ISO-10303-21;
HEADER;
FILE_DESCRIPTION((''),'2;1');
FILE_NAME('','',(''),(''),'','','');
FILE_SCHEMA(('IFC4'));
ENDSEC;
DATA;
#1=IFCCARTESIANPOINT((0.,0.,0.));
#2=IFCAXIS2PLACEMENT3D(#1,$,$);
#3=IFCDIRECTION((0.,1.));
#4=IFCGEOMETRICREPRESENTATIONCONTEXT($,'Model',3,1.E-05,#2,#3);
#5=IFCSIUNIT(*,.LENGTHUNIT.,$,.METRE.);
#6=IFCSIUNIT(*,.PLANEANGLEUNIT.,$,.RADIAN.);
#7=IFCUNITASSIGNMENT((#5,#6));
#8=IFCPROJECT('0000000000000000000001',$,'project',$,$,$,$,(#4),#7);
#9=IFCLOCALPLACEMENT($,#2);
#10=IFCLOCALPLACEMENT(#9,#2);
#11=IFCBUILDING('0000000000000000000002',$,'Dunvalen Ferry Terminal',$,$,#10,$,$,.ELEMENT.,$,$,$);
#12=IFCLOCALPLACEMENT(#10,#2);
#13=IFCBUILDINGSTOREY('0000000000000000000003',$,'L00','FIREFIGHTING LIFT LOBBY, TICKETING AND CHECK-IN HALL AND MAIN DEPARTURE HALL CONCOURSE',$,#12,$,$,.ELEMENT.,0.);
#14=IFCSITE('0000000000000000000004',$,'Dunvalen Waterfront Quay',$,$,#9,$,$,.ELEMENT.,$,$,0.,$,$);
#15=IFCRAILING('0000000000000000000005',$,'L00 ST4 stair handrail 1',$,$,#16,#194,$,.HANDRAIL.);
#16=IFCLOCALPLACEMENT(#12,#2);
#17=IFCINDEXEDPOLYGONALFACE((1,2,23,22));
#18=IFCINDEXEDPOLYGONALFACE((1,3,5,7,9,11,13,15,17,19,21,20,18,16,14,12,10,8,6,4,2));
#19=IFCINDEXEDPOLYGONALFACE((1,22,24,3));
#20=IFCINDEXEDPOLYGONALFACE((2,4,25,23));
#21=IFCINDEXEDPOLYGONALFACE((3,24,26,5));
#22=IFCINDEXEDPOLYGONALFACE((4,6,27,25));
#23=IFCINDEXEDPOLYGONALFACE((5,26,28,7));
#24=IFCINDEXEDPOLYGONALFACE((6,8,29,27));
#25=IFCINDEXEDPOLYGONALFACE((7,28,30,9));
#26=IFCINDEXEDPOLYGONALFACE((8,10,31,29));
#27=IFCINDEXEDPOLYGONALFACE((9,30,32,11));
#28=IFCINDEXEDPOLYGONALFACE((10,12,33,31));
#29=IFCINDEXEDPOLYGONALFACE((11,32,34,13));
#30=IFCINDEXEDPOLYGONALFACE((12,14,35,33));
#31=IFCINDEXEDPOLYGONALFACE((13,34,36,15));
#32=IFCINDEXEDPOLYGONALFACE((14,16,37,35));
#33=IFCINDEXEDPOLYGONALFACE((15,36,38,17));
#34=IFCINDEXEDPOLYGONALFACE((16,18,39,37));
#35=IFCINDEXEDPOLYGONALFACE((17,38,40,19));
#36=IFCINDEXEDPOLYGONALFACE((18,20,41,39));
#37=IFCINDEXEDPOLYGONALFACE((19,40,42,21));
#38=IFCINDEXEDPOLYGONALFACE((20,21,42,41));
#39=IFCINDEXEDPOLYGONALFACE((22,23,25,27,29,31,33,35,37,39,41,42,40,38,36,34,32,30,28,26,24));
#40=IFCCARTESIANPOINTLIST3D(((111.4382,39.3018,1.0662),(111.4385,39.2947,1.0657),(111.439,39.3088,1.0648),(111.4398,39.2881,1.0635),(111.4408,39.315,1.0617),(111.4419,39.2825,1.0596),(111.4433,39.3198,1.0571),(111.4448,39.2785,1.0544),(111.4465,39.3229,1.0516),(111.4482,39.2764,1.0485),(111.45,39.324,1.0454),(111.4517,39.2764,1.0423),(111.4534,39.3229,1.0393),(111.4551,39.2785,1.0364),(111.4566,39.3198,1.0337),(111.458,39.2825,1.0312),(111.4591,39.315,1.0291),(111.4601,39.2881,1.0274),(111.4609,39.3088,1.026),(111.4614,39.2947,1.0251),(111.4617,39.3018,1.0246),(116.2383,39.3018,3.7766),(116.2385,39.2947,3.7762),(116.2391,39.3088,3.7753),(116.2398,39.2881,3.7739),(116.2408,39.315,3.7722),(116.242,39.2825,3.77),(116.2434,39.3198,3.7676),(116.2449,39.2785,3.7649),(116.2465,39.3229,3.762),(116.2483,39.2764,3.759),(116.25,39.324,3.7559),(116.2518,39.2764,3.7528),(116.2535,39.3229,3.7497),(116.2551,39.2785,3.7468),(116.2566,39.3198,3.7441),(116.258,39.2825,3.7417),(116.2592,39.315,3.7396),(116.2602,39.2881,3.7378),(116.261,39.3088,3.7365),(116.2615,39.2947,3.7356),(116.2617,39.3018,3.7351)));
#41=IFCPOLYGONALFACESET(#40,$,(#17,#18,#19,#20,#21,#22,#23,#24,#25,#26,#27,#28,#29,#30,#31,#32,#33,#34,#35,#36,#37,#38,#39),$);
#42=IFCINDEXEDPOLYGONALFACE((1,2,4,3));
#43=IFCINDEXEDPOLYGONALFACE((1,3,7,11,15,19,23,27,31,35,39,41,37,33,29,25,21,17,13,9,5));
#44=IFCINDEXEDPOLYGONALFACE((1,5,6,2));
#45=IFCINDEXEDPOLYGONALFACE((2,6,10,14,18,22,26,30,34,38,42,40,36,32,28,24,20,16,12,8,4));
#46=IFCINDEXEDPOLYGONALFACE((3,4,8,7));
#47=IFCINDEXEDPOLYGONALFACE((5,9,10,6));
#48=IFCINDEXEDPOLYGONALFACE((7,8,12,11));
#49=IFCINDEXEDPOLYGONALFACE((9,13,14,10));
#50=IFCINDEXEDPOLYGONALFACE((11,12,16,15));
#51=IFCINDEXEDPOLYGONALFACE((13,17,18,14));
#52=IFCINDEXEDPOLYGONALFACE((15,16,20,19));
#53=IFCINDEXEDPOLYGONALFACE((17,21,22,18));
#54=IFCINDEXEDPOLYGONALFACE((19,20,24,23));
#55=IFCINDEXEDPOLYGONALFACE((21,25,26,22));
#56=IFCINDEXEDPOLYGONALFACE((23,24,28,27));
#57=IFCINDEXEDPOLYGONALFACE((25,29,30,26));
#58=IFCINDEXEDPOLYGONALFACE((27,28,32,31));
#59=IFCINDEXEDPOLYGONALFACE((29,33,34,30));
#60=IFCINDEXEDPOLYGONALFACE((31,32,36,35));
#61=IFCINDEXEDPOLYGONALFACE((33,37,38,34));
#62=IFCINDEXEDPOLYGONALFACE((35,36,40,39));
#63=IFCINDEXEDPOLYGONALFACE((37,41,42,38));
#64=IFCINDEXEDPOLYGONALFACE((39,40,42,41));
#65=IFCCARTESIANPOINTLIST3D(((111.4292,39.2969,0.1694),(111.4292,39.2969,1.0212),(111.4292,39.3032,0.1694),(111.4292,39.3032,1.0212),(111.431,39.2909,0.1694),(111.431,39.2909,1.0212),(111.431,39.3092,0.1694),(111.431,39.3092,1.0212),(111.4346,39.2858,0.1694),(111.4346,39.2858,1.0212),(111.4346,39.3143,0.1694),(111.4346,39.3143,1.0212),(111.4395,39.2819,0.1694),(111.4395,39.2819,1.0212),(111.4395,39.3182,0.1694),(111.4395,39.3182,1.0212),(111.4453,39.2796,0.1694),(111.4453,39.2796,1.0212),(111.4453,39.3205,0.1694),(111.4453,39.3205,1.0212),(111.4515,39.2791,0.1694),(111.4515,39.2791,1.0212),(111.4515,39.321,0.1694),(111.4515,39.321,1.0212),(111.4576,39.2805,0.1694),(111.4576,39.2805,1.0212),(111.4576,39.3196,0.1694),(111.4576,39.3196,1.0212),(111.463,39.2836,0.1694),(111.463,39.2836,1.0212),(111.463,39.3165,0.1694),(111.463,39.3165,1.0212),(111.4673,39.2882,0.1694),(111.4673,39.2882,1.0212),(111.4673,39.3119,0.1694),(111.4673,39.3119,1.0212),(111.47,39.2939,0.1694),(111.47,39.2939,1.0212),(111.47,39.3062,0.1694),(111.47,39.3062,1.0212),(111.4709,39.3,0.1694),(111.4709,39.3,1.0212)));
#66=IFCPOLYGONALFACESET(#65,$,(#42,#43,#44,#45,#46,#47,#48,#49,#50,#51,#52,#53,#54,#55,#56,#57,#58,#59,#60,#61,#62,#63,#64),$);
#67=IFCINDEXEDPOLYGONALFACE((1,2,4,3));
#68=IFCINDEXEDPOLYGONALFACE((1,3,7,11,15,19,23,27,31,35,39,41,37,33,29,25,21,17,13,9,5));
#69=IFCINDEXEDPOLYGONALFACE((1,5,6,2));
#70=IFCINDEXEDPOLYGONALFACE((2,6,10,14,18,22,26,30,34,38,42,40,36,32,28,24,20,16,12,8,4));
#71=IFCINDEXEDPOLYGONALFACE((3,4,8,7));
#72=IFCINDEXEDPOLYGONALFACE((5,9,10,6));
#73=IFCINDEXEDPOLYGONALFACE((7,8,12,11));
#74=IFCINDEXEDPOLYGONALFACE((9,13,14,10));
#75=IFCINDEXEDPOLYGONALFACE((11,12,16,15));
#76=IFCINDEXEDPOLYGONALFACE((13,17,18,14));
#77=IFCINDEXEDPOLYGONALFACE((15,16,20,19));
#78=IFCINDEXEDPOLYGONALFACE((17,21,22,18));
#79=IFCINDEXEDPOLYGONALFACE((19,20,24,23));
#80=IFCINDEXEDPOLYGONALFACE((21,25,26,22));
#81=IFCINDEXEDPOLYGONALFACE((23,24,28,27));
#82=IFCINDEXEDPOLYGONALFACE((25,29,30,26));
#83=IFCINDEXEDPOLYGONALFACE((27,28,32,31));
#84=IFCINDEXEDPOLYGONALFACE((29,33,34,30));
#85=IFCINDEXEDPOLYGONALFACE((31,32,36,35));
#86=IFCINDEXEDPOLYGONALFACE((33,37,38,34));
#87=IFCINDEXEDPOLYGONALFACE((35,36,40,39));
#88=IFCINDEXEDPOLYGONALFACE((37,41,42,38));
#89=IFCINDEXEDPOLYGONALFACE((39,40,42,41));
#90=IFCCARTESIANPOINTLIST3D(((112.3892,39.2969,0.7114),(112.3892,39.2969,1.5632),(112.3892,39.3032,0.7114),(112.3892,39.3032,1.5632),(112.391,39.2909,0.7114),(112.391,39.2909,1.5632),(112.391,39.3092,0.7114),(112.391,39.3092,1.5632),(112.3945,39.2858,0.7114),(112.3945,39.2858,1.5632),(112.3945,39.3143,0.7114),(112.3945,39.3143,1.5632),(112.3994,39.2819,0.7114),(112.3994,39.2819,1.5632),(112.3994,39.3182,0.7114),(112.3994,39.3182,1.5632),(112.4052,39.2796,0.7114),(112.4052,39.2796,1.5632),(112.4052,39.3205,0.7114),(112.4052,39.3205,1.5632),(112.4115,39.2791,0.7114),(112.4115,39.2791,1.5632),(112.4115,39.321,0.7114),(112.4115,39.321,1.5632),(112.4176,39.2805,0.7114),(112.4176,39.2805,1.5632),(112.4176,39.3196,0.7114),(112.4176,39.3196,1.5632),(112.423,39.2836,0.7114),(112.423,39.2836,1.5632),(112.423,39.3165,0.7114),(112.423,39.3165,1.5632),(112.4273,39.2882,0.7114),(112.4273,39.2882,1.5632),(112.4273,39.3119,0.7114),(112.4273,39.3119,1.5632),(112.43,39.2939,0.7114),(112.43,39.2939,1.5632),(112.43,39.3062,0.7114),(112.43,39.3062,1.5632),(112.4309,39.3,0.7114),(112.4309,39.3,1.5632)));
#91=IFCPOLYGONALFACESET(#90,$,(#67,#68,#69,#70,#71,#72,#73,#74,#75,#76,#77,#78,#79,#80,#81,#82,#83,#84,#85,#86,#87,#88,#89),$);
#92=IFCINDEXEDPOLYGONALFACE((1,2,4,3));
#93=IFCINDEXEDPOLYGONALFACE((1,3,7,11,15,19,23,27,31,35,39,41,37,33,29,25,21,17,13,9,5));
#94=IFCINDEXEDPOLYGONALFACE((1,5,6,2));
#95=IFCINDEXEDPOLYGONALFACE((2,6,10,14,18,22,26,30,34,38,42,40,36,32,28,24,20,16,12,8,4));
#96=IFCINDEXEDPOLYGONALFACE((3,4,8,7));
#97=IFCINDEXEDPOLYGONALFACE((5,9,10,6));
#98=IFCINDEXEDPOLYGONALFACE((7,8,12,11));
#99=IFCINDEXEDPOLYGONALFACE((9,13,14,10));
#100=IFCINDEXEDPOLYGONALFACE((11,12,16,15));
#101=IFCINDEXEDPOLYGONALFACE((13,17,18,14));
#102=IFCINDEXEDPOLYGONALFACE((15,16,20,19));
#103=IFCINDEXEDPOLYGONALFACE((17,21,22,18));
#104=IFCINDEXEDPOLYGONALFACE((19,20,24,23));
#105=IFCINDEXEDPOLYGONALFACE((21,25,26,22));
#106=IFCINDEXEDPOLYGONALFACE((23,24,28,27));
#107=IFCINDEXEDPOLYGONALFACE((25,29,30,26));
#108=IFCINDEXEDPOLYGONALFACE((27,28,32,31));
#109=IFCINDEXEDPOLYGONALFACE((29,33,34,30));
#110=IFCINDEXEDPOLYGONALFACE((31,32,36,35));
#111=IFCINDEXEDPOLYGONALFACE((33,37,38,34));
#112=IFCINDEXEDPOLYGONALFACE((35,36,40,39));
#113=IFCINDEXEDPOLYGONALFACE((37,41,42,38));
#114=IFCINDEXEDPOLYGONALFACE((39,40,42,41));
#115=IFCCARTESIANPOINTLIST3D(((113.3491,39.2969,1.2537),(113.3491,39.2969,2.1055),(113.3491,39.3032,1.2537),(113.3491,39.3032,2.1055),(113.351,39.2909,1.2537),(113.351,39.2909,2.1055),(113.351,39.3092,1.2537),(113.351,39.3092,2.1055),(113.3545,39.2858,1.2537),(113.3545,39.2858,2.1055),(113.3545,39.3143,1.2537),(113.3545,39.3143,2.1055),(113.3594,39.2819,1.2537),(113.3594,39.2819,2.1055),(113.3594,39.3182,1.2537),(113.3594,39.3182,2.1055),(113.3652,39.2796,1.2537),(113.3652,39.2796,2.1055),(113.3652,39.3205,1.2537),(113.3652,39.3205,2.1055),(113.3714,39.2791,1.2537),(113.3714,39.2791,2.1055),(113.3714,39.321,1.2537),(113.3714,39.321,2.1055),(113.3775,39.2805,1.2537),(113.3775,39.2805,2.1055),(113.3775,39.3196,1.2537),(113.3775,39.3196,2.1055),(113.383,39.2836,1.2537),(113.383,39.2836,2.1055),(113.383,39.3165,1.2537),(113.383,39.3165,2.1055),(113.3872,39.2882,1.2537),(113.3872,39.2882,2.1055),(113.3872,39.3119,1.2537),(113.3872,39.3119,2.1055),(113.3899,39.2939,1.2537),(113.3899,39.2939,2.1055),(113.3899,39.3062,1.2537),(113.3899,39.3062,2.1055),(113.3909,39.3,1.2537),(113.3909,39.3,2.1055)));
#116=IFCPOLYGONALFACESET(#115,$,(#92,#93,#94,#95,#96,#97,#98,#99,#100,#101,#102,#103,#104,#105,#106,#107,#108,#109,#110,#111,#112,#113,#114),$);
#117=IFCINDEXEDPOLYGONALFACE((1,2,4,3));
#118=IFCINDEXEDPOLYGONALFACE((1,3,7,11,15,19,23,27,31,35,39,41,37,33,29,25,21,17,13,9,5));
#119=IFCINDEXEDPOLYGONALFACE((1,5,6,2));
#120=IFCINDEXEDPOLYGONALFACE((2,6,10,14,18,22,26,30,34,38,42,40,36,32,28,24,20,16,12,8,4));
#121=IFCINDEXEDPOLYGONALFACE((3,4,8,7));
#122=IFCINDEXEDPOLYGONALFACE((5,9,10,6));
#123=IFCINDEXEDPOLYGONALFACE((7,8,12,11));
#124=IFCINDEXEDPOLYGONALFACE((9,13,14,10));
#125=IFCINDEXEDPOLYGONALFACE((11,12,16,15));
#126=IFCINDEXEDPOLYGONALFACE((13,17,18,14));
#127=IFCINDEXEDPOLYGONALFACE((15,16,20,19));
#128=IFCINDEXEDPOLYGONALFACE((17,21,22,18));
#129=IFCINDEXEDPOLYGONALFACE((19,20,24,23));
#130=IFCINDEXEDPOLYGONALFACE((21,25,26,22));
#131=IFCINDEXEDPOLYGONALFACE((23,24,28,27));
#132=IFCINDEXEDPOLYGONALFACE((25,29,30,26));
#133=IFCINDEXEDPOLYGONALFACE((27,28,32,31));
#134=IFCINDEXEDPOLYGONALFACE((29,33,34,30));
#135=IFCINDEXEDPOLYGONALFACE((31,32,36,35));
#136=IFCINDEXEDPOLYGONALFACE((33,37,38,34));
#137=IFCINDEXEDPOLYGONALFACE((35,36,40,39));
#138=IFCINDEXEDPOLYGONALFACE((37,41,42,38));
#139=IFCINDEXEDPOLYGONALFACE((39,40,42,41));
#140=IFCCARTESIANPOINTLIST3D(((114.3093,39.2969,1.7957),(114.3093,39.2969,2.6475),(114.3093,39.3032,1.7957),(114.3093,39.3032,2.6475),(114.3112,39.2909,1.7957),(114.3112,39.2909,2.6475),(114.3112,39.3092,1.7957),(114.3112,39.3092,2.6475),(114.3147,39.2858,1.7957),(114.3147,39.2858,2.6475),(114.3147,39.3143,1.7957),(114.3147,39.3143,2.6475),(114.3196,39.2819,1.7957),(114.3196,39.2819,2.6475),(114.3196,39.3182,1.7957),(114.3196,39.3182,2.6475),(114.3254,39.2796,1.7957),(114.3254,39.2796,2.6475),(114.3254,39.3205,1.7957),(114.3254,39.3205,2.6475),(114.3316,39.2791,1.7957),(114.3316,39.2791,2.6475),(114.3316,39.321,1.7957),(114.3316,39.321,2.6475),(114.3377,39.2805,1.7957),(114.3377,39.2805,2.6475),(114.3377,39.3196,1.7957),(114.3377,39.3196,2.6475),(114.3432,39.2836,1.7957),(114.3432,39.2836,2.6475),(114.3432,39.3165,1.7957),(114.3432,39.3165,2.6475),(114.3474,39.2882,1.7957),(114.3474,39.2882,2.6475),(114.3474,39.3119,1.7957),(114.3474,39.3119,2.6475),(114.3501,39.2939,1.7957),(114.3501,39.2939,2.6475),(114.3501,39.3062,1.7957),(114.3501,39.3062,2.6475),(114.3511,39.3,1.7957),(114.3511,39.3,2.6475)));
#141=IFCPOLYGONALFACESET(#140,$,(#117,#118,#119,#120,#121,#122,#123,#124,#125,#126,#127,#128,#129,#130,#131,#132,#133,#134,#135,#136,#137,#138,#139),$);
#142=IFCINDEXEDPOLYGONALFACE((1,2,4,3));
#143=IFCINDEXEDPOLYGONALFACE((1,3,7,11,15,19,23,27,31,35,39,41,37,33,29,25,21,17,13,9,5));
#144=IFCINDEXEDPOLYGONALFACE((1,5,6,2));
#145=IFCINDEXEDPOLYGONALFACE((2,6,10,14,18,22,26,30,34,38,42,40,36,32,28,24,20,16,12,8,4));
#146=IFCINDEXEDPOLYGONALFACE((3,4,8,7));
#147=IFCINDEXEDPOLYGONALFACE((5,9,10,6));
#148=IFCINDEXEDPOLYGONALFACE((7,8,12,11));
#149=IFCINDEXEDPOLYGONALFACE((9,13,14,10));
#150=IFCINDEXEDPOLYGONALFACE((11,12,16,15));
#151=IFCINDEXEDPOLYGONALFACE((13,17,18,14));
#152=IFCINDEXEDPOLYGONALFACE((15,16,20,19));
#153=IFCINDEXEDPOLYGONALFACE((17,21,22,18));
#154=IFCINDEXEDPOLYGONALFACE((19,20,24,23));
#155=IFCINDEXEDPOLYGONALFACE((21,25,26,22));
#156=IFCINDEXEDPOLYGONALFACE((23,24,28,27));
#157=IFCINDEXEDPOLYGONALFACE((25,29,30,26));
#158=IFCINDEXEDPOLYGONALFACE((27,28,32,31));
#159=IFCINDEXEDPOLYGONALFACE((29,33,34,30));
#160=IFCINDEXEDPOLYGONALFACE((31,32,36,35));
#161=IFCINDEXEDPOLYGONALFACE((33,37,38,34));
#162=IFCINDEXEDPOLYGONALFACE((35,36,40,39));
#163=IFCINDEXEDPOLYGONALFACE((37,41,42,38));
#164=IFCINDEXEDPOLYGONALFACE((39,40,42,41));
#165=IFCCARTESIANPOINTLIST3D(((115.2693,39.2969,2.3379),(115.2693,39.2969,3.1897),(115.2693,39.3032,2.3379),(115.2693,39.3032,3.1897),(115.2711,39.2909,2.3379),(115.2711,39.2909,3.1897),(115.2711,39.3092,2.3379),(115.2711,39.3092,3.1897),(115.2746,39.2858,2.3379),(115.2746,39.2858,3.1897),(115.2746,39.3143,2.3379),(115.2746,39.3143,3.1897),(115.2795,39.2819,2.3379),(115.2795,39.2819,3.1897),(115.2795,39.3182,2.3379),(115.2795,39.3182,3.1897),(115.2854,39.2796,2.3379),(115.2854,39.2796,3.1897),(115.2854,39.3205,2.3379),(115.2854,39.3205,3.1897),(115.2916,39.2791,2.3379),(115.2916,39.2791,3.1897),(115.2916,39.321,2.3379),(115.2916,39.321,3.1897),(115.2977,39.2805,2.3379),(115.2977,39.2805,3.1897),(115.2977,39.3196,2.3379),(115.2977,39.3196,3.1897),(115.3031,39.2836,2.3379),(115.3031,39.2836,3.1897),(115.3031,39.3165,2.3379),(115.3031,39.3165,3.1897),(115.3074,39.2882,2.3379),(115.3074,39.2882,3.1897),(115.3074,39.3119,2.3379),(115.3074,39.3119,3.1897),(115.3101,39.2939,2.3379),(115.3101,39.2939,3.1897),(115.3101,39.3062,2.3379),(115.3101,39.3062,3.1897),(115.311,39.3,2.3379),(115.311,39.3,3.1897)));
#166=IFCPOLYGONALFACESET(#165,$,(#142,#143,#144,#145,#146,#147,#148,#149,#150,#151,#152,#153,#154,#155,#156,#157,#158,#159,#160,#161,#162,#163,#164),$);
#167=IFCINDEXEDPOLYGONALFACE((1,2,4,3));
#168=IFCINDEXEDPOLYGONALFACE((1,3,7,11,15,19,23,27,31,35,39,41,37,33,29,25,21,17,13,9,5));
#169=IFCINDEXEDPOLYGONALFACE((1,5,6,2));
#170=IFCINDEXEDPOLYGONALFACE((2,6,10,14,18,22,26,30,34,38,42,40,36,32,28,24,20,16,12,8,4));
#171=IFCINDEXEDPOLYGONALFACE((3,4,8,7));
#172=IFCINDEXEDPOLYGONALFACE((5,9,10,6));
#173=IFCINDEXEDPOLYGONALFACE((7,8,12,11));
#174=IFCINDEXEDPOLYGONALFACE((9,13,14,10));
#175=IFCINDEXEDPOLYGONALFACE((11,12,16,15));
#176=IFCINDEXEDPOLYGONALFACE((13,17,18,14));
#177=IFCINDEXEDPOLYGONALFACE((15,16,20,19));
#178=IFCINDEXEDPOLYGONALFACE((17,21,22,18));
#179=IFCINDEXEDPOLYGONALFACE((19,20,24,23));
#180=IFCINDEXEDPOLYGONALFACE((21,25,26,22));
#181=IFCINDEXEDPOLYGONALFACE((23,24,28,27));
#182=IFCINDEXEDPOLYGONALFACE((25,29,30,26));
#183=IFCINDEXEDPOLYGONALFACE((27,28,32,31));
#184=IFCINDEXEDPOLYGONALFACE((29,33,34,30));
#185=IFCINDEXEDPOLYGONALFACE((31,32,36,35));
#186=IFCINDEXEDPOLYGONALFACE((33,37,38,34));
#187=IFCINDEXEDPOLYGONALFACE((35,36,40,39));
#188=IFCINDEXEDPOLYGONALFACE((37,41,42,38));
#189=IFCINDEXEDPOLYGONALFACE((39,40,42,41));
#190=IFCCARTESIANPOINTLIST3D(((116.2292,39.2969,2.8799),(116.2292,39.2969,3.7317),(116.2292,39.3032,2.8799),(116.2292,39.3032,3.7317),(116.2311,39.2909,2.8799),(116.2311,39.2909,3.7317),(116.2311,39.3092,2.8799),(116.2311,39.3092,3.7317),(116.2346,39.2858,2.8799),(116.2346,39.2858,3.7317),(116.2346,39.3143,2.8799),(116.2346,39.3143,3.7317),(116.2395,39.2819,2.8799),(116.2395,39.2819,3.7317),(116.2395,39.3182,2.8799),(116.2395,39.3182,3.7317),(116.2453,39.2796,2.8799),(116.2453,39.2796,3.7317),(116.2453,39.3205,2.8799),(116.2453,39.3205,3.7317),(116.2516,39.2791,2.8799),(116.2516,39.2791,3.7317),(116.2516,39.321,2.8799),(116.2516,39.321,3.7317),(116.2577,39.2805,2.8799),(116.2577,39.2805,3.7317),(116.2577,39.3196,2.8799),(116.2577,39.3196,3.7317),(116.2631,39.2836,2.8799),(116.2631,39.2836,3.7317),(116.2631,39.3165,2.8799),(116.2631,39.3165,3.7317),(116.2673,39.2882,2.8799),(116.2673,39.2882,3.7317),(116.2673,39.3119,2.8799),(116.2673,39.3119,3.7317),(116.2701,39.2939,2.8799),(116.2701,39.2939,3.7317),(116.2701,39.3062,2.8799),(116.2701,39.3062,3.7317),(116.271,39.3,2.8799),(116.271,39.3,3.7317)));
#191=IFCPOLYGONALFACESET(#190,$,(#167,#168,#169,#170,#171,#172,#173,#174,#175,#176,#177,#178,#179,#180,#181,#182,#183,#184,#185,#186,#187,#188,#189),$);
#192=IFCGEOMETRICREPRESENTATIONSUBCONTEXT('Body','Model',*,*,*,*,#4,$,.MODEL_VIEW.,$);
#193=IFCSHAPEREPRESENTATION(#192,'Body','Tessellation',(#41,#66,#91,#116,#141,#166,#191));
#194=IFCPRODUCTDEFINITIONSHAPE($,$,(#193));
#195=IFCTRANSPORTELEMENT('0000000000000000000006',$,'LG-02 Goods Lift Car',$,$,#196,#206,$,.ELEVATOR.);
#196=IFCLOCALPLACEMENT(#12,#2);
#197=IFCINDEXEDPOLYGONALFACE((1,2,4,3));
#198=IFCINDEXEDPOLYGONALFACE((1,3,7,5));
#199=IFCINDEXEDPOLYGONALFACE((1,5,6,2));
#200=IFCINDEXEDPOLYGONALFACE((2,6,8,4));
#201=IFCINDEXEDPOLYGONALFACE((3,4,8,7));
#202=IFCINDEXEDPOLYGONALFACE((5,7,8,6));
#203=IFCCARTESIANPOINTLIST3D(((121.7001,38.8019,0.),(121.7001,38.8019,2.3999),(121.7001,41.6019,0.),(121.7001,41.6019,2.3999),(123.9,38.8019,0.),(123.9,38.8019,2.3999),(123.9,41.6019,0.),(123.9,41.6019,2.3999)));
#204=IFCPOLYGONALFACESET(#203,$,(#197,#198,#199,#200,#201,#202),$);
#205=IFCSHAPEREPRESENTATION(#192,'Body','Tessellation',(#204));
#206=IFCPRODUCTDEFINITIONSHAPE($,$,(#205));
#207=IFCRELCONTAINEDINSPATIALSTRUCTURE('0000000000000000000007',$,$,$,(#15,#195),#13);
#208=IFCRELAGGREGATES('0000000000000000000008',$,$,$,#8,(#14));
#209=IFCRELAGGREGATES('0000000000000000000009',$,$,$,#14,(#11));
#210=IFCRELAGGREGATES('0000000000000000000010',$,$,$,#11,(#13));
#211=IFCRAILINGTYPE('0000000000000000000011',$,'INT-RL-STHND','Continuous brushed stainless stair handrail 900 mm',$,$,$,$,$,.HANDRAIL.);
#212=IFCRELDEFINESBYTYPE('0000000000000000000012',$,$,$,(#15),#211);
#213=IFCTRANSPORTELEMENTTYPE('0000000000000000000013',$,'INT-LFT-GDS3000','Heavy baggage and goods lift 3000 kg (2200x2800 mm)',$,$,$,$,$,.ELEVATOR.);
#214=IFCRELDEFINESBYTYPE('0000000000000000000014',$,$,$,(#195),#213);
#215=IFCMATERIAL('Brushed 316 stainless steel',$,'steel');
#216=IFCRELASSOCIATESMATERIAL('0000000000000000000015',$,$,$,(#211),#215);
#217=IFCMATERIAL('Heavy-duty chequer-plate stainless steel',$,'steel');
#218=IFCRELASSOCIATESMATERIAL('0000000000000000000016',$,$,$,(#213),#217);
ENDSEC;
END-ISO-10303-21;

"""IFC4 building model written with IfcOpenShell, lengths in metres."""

from ifc_helpers import new_model, si_unit, direction, frame, origin, origin_2d, place, context, subcontext, project, spatial, rectangle, circle, extrude, material, type_object, element, save


model = new_model("IFC4")

# Units and contexts
model_context = context("Model", 3, precision=1e-05, world=origin(), true_north=direction((0.0, 1.0)))
body_context = subcontext(model_context, "Body", "Model", "MODEL_VIEW")
ifc_project = project(units=[si_unit("LENGTHUNIT", "METRE"), si_unit("PLANEANGLEUNIT", "RADIAN")], contexts=[model_context])

# Site, building, storey
site_placement = place(None, origin())
site = spatial("IfcSite", under=ifc_project, at=site_placement, Name="Dunvalen Waterfront Quay", CompositionType="ELEMENT", RefElevation=0.0)
building_placement = place(site_placement, origin())
building = spatial("IfcBuilding", under=site, at=building_placement, Name="Dunvalen Ferry Terminal", CompositionType="ELEMENT")
storey_placement = place(building_placement, origin())
storey = spatial("IfcBuildingStorey", under=building, at=storey_placement, Name="L00", Description="FIREFIGHTING LIFT LOBBY, TICKETING AND CHECK-IN HALL AND MAIN DEPARTURE HALL CONCOURSE", CompositionType="ELEMENT", Elevation=0.0)

# Shared definitions
ifc_material_1 = material(Name="Brushed 316 stainless steel", Category="steel")

# Railing
railing_type = type_object("IfcRailingType", Name="INT-RL-STHND", Description="Continuous brushed stainless stair handrail 900 mm", PredefinedType="HANDRAIL", material=ifc_material_1)
railing_placement = place(storey_placement, frame((111.45, 39.3, 0.1694)))
element("IfcRailing", 1, at=railing_placement, inside=storey, type_object=railing_type, Name="L00 ST4 stair handrail 1", PredefinedType="HANDRAIL", context=body_context, shape_type="SweptSolid", body=[
    extrude(circle(Radius=0.0239, at=origin_2d()), frame((0.0, 0.0, 0.876), z_axis=(0.870767, 0.0, 0.491697), x_axis=(0.0, 1.0, 0.0)), (0.0, 0.0, 1.0), 5.5125),
    extrude(circle(Radius=0.021, at=origin_2d()), origin(), (0.0, 0.0, 1.0), 0.8518),
    extrude(circle(Radius=0.021, at=origin_2d()), frame((0.96, 0.0, 0.542)), (0.0, 0.0, 1.0), 0.8518),
    extrude(circle(Radius=0.021, at=origin_2d()), frame((1.9199, 0.0, 1.0842)), (0.0, 0.0, 1.0), 0.8518),
    extrude(circle(Radius=0.021, at=origin_2d()), frame((2.8801, 0.0, 1.6262)), (0.0, 0.0, 1.0), 0.8518),
    extrude(circle(Radius=0.021, at=origin_2d()), frame((3.8401, 0.0, 2.1685)), (0.0, 0.0, 1.0), 0.8518),
    extrude(circle(Radius=0.021, at=origin_2d()), frame((4.8, 0.0, 2.7104)), (0.0, 0.0, 1.0), 0.8518),
])

# Transport element
ifc_material_2 = material(Name="Heavy-duty chequer-plate stainless steel", Category="steel")
transport_element_type = type_object("IfcTransportElementType", Name="INT-LFT-GDS3000", Description="Heavy baggage and goods lift 3000 kg (2200x2800 mm)", PredefinedType="ELEVATOR", material=ifc_material_2)
transport_element_placement = place(storey_placement, frame((122.8, 40.2019, 0.0), z_axis=(0.0, 0.0, 1.0), x_axis=(1.0, 0.0, 0.0)))
element("IfcTransportElement", 2, at=transport_element_placement, inside=storey, type_object=transport_element_type, Name="LG-02 Goods Lift Car", PredefinedType="ELEVATOR", context=body_context, shape_type="SweptSolid", body=[
    extrude(rectangle(XDim=2.2, YDim=2.8, at=origin_2d()), origin(), (0.0, 0.0, 1.0), 2.3999),
])

save(model, "model.ifc")
